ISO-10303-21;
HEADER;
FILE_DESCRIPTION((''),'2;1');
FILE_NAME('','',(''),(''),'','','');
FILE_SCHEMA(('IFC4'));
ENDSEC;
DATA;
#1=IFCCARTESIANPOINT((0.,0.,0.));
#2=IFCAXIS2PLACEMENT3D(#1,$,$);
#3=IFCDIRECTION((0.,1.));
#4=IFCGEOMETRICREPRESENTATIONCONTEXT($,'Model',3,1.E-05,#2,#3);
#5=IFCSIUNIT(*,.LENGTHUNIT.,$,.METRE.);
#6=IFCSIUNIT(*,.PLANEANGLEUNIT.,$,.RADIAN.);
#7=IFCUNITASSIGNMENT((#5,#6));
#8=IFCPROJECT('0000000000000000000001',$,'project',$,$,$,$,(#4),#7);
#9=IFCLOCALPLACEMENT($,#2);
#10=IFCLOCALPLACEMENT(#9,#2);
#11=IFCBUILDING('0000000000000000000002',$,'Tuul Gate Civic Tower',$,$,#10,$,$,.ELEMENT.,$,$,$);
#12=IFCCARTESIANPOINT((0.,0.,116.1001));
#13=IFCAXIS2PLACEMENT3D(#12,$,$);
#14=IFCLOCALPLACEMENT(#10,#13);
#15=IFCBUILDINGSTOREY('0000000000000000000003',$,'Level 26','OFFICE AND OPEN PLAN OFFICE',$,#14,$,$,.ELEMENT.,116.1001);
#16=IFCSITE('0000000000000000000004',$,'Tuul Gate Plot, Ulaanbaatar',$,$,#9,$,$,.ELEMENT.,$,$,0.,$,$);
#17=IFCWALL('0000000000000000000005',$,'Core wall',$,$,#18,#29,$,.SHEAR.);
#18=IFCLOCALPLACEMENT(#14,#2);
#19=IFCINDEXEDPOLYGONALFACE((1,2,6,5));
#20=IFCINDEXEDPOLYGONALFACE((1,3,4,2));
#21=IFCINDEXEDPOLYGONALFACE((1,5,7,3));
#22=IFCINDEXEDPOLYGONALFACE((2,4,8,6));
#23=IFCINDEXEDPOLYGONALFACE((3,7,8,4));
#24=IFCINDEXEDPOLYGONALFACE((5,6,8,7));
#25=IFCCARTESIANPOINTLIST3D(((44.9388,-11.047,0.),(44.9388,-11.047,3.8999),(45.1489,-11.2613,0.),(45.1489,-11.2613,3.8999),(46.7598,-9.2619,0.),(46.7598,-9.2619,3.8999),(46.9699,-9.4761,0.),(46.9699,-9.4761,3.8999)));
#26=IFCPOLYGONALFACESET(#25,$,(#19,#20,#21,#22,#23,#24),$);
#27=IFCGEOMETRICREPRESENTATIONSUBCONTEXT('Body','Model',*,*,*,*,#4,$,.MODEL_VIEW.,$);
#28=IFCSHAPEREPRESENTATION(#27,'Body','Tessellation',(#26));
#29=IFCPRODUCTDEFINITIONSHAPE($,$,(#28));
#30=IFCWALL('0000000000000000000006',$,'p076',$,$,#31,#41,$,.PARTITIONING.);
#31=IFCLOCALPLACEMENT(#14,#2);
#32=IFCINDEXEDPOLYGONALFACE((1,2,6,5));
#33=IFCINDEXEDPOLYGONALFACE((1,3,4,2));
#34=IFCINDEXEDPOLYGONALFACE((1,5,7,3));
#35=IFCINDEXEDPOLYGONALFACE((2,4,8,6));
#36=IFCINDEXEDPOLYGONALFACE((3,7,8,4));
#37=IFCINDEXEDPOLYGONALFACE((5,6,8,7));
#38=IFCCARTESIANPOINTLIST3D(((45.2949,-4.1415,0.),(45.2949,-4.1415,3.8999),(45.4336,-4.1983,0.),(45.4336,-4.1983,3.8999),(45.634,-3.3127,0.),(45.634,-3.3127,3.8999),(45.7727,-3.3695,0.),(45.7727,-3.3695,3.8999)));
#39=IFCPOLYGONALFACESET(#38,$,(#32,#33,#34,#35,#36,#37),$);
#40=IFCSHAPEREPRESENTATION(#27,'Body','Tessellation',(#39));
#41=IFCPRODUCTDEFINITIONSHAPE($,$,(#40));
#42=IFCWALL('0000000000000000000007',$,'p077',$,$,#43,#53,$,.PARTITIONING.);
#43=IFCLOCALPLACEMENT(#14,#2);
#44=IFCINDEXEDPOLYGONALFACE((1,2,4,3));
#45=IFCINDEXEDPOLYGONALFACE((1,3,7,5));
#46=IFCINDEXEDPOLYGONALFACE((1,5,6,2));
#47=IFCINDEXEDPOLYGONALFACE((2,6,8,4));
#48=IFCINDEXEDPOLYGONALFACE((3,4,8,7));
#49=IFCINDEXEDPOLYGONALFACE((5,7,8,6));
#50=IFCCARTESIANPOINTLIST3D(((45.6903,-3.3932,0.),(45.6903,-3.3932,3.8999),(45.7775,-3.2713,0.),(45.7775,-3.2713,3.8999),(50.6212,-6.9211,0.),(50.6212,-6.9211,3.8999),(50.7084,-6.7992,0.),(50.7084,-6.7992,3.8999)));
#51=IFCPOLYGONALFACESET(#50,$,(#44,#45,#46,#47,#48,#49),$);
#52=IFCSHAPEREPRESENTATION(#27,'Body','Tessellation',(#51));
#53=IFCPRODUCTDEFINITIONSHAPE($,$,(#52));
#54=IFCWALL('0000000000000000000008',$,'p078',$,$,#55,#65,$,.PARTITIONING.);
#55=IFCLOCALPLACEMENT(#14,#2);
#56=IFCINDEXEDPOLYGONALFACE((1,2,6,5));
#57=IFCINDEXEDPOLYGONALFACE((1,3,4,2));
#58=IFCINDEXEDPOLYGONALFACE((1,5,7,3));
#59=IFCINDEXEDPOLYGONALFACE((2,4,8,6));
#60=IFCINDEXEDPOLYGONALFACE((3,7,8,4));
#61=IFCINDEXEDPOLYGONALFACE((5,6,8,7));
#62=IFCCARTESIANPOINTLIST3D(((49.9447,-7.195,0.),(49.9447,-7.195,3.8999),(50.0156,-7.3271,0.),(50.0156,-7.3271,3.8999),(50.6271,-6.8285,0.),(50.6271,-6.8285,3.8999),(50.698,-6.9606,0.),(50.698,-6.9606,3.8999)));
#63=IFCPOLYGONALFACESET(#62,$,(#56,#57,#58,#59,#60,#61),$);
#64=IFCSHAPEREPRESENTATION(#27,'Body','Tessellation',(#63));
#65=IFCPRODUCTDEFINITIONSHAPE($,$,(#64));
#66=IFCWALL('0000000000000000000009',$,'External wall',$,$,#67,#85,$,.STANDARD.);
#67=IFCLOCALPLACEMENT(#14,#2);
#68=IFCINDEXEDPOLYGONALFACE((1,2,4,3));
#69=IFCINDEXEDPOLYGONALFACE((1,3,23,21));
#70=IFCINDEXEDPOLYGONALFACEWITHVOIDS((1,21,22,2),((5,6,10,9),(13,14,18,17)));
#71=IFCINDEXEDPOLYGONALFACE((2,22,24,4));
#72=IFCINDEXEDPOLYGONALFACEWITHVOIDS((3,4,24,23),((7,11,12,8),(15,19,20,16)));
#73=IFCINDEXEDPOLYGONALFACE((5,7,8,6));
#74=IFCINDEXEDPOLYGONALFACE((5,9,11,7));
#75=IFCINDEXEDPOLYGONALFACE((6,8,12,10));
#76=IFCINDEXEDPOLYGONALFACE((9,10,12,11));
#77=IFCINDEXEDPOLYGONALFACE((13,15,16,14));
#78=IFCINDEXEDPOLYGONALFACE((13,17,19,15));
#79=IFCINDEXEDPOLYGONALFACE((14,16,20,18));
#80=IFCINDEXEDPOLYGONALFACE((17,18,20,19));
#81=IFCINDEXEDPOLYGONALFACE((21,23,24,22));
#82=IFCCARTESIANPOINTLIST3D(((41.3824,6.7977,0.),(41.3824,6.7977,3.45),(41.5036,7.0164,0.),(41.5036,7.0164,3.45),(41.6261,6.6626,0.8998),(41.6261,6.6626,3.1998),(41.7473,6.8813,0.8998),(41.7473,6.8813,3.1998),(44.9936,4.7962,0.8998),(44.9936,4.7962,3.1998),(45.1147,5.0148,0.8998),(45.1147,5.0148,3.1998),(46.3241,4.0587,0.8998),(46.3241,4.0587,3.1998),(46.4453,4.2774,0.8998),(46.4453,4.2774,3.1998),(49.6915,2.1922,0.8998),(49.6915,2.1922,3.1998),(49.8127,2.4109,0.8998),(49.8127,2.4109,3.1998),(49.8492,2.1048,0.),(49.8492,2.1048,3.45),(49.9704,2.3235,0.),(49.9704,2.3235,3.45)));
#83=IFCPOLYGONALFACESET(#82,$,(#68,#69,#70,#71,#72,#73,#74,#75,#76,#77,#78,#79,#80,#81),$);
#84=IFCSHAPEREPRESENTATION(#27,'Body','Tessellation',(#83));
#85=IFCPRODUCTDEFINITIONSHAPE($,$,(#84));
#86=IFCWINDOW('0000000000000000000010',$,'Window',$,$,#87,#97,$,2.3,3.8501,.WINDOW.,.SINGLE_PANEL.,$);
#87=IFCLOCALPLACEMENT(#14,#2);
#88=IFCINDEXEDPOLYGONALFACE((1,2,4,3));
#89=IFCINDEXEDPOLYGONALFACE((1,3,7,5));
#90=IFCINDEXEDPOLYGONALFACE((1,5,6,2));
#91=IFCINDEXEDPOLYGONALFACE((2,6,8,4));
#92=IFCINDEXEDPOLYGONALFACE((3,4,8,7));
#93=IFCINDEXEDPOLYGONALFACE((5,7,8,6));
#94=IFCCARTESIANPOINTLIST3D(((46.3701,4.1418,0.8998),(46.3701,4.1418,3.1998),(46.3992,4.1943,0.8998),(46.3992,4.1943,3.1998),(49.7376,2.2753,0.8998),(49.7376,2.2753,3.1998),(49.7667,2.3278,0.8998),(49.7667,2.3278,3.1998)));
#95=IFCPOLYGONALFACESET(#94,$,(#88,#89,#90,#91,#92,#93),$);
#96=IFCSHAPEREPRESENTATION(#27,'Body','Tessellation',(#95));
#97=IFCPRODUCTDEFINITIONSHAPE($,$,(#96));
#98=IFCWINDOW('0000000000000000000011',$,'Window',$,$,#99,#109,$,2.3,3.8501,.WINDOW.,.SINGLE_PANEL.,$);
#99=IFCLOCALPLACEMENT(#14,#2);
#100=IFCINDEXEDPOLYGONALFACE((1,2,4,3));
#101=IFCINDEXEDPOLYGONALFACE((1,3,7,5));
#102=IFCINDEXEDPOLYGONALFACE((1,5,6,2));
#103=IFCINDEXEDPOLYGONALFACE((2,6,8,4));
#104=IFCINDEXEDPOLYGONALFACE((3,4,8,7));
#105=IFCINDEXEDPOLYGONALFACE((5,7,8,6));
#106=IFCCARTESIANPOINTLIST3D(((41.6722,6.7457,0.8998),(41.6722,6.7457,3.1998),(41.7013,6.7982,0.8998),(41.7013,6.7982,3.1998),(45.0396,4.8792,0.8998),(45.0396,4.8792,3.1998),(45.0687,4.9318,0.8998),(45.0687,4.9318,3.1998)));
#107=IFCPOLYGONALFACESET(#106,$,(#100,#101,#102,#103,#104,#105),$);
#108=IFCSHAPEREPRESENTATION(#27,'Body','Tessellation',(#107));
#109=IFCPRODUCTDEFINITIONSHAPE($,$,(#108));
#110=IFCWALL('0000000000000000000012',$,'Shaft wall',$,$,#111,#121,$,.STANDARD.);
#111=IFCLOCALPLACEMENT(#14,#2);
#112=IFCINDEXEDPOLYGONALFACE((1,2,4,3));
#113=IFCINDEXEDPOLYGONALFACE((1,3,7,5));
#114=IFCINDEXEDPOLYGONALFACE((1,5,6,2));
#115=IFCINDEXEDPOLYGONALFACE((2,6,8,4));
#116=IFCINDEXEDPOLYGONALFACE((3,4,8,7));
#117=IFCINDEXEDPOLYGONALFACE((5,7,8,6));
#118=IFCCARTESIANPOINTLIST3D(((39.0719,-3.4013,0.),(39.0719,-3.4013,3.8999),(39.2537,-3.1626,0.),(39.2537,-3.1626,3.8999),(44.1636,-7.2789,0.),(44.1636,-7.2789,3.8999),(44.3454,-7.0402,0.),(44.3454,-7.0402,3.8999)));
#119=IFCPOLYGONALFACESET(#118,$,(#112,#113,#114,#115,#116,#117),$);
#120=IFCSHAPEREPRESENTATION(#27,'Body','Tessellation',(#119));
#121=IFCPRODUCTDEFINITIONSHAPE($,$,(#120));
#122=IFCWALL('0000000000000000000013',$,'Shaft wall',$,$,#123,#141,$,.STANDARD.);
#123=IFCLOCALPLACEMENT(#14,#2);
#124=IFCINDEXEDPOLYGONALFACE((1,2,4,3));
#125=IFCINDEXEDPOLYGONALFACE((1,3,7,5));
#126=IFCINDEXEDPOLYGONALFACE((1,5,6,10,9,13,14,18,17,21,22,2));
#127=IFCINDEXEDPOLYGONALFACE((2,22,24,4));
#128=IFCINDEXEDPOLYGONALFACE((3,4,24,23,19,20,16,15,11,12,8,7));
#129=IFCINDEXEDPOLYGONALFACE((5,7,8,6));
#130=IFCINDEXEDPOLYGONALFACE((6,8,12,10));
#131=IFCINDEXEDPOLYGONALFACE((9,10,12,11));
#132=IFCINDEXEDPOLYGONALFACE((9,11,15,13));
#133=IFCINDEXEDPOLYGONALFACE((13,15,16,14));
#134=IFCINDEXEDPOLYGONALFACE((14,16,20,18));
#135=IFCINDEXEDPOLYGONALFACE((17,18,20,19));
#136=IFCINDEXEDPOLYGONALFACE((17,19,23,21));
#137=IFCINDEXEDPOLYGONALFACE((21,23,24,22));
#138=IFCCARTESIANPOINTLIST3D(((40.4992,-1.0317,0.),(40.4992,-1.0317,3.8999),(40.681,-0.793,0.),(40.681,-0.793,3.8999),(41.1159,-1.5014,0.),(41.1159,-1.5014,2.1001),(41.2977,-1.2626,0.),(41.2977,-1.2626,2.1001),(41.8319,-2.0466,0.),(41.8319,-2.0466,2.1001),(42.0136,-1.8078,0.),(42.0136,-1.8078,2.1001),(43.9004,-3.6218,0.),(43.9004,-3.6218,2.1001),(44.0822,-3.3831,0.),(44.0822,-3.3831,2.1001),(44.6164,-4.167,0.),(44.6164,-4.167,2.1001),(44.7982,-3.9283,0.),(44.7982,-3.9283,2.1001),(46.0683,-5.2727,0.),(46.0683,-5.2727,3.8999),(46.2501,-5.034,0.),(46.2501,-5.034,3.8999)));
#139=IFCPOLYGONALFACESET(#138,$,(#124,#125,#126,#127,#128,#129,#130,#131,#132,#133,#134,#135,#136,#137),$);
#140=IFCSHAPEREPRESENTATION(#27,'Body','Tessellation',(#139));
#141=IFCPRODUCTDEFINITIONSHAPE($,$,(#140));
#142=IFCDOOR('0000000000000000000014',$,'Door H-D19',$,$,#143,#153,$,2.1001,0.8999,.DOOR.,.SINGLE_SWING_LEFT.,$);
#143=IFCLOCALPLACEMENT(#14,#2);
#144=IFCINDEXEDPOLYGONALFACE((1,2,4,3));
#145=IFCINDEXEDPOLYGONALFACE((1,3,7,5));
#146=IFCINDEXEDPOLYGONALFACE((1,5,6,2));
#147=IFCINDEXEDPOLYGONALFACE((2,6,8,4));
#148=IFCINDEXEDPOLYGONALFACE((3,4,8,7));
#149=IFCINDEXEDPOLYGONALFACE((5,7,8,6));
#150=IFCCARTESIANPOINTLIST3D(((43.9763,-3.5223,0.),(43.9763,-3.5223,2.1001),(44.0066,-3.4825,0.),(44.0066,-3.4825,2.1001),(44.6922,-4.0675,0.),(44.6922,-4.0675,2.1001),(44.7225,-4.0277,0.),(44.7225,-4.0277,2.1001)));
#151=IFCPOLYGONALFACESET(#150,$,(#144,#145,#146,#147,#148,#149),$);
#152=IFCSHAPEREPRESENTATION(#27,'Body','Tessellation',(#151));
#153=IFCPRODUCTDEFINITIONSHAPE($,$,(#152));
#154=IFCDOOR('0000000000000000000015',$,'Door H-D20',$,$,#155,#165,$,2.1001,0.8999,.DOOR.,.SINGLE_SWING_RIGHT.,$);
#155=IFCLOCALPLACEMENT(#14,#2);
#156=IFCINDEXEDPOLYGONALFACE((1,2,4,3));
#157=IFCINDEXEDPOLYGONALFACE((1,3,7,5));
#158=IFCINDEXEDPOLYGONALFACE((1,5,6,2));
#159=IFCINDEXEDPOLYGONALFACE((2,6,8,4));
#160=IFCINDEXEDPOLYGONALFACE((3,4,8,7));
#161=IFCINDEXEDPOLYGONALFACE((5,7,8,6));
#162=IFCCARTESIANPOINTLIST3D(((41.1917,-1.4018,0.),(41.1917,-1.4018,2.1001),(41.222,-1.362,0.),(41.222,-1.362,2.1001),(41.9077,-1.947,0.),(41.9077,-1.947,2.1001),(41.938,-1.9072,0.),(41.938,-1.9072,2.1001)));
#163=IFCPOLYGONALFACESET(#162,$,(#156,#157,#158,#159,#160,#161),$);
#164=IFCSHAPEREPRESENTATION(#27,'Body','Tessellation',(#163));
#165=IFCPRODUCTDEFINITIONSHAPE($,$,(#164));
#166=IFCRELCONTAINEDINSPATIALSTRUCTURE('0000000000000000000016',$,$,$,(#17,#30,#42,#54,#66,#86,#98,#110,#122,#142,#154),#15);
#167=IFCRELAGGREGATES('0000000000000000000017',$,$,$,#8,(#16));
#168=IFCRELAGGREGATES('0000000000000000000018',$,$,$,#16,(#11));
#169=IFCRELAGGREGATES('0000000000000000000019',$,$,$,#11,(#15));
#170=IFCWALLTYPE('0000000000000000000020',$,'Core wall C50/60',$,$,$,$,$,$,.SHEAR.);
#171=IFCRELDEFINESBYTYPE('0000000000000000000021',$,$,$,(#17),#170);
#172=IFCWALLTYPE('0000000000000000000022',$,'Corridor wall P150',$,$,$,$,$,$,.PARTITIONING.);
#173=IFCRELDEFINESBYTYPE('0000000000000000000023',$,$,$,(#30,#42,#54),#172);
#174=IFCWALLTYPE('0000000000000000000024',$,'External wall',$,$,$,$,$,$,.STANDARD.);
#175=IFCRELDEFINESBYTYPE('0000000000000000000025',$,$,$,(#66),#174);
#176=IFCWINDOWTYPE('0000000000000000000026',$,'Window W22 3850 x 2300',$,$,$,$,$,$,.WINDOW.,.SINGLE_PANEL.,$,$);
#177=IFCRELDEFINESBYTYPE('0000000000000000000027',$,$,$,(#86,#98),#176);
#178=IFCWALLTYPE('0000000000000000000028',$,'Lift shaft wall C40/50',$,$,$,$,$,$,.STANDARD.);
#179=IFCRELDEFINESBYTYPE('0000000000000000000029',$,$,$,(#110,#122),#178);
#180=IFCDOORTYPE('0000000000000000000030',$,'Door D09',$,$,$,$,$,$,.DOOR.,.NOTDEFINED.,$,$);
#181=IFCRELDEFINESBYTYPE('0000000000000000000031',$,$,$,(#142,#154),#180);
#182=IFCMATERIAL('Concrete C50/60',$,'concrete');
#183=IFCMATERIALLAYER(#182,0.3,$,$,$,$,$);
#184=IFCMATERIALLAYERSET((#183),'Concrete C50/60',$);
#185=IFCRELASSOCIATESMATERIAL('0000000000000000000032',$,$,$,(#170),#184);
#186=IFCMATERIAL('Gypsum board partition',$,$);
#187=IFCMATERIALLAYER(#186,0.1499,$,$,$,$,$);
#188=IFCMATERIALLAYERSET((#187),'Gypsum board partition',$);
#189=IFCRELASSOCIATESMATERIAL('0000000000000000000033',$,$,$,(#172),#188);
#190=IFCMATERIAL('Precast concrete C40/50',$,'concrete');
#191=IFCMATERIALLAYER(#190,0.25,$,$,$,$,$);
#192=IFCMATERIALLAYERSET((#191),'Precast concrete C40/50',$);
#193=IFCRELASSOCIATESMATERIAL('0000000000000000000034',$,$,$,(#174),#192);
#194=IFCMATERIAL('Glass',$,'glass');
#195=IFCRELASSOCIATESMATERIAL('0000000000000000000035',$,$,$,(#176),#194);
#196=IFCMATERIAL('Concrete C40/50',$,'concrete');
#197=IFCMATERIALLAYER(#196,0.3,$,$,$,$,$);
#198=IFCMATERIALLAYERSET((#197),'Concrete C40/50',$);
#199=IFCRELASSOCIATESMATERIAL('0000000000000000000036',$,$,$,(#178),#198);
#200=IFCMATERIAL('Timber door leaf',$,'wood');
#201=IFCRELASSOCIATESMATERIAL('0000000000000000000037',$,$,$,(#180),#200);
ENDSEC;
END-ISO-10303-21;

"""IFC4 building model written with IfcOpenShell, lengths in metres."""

from ifc_helpers import new_model, si_unit, direction, frame, frame_2d, origin, place, context, subcontext, project, spatial, rectangle, extrude, material, layer, layer_set, type_object, element, fill, save


model = new_model("IFC4")

# Units and contexts
model_context = context("Model", 3, precision=1e-05, world=origin(), true_north=direction((0.0, 1.0)))
body_context = subcontext(model_context, "Body", "Model", "MODEL_VIEW")
ifc_project = project(units=[si_unit("LENGTHUNIT", "METRE"), si_unit("PLANEANGLEUNIT", "RADIAN")], contexts=[model_context])

# Site, building, storey
site_placement = place(None, origin())
site = spatial("IfcSite", under=ifc_project, at=site_placement, Name="Tuul Gate Plot, Ulaanbaatar", CompositionType="ELEMENT", RefElevation=0.0)
building_placement = place(site_placement, origin())
building = spatial("IfcBuilding", under=site, at=building_placement, Name="Tuul Gate Civic Tower", CompositionType="ELEMENT")
storey_placement = place(building_placement, frame((0.0, 0.0, 116.1001)))
storey = spatial("IfcBuildingStorey", under=building, at=storey_placement, Name="Level 26", Description="OFFICE AND OPEN PLAN OFFICE", CompositionType="ELEMENT", Elevation=116.1001)

# Shared definitions
ifc_material_1 = material(Name="Concrete C50/60", Category="concrete")
ifc_layer_1 = layer(ifc_material_1, 0.3)
ifc_layer_set_1 = layer_set([ifc_layer_1], Name="Concrete C50/60")
wall_type_1 = type_object("IfcWallType", Name="Core wall C50/60", PredefinedType="SHEAR", material=ifc_layer_set_1)

# Walls
wall_1_placement = place(storey_placement, frame((45.0439, -11.1541, 0.0), z_axis=(0.0, 0.0, 1.0), x_axis=(0.714108, 0.700035, 0.0)))
element("IfcWall", 1, at=wall_1_placement, inside=storey, type_object=wall_type_1, Name="Core wall", PredefinedType="SHEAR", context=body_context, shape_type="SweptSolid", body=[
    extrude(rectangle(XDim=2.55, YDim=0.3, at=frame_2d((1.2749, 0.0))), origin(), (0.0, 0.0, 1.0), 3.8999),
])
ifc_material_2 = material(Name="Gypsum board partition")
ifc_layer_2 = layer(ifc_material_2, 0.1499)
ifc_layer_set_2 = layer_set([ifc_layer_2], Name="Gypsum board partition")
wall_type_2 = type_object("IfcWallType", Name="Corridor wall P150", PredefinedType="PARTITIONING", material=ifc_layer_set_2)
wall_2_placement = place(storey_placement, frame((45.3643, -4.1699, 0.0), z_axis=(0.0, 0.0, 1.0), x_axis=(0.378665, 0.925534, 0.0)))
element("IfcWall", 2, at=wall_2_placement, inside=storey, type_object=wall_type_2, Name="p076", PredefinedType="PARTITIONING", context=body_context, shape_type="SweptSolid", body=[
    extrude(rectangle(XDim=0.8955, YDim=0.1499, at=frame_2d((0.4478, 0.0))), origin(), (0.0, 0.0, 1.0), 3.8999),
])
wall_3_placement = place(storey_placement, frame((45.7339, -3.3323, 0.0), z_axis=(0.0, 0.0, 1.0), x_axis=(0.813284, -0.581867, 0.0)))
element("IfcWall", 3, at=wall_3_placement, inside=storey, type_object=wall_type_2, Name="p077", PredefinedType="PARTITIONING", context=body_context, shape_type="SweptSolid", body=[
    extrude(rectangle(XDim=6.063, YDim=0.1499, at=frame_2d((3.0315, 0.0))), origin(), (0.0, 0.0, 1.0), 3.8999),
])
wall_4_placement = place(storey_placement, frame((49.9802, -7.261, 0.0), z_axis=(0.0, 0.0, 1.0), x_axis=(0.880997, 0.473122, 0.0)))
element("IfcWall", 4, at=wall_4_placement, inside=storey, type_object=wall_type_2, Name="p078", PredefinedType="PARTITIONING", context=body_context, shape_type="SweptSolid", body=[
    extrude(rectangle(XDim=0.7747, YDim=0.1499, at=frame_2d((0.3872, 0.0))), origin(), (0.0, 0.0, 1.0), 3.8999),
])

# Wall, openings, windows
ifc_material_3 = material(Name="Precast concrete C40/50", Category="concrete")
ifc_layer_3 = layer(ifc_material_3, 0.25)
ifc_layer_set_3 = layer_set([ifc_layer_3], Name="Precast concrete C40/50")
wall_type_3 = type_object("IfcWallType", Name="External wall", PredefinedType="STANDARD", material=ifc_layer_set_3)
wall_5_placement = place(storey_placement, frame((49.9099, 2.2141, 0.0), z_axis=(0.0, 0.0, 1.0), x_axis=(-0.874635, 0.484782, 0.0)))
wall_5 = element("IfcWall", 5, at=wall_5_placement, inside=storey, type_object=wall_type_3, Name="External wall", PredefinedType="STANDARD", context=body_context, shape_type="SweptSolid", body=[
    extrude(rectangle(XDim=9.6804, YDim=0.25, at=frame_2d((4.8403, 0.0))), origin(), (0.0, 0.0, 1.0), 3.45),
])
opening_1_placement = place(wall_5_placement, frame((0.1804, 0.0, 0.8999)))
opening_1 = element("IfcOpeningElement", 6, at=opening_1_placement, cuts=wall_5, PredefinedType="OPENING", context=body_context, shape_type="SweptSolid", body=[
    extrude(rectangle(XDim=3.8501, YDim=2.3, at=frame_2d((1.925, 1.1499))), frame((0.0, 0.135, 0.0), z_axis=(0.0, -1.0, 0.0), x_axis=(1.0, 0.0, 0.0)), (0.0, 0.0, 1.0), 0.27),
])
opening_2_placement = place(wall_5_placement, frame((5.5518, 0.0, 0.8999)))
opening_2 = element("IfcOpeningElement", 7, at=opening_2_placement, cuts=wall_5, PredefinedType="OPENING", context=body_context, shape_type="SweptSolid", body=[
    extrude(rectangle(XDim=3.8501, YDim=2.3, at=frame_2d((1.925, 1.1499))), frame((0.0, 0.135, 0.0), z_axis=(0.0, -1.0, 0.0), x_axis=(1.0, 0.0, 0.0)), (0.0, 0.0, 1.0), 0.27),
])
ifc_material_4 = material(Name="Glass", Category="glass")
window_type = type_object("IfcWindowType", Name="Window W22 3850 x 2300", PartitioningType="SINGLE_PANEL", PredefinedType="WINDOW", material=ifc_material_4)
window_1_placement = place(opening_1_placement, origin())
window_1 = element("IfcWindow", 8, at=window_1_placement, inside=storey, type_object=window_type, Name="Window", OverallHeight=2.3, OverallWidth=3.8501, PartitioningType="SINGLE_PANEL", PredefinedType="WINDOW", context=body_context, shape_type="SweptSolid", body=[
    extrude(rectangle(XDim=3.8501, YDim=2.3, at=frame_2d((1.925, 1.1499))), frame((0.0, 0.03, 0.0), z_axis=(0.0, -1.0, 0.0), x_axis=(1.0, 0.0, 0.0)), (0.0, 0.0, 1.0), 0.0601),
])
fill(opening_1, window_1)
window_2_placement = place(opening_2_placement, origin())
window_2 = element("IfcWindow", 9, at=window_2_placement, inside=storey, type_object=window_type, Name="Window", OverallHeight=2.3, OverallWidth=3.8501, PartitioningType="SINGLE_PANEL", PredefinedType="WINDOW", context=body_context, shape_type="SweptSolid", body=[
    extrude(rectangle(XDim=3.8501, YDim=2.3, at=frame_2d((1.925, 1.1499))), frame((0.0, 0.03, 0.0), z_axis=(0.0, -1.0, 0.0), x_axis=(1.0, 0.0, 0.0)), (0.0, 0.0, 1.0), 0.0601),
])
fill(opening_2, window_2)

# Wall
ifc_material_5 = material(Name="Concrete C40/50", Category="concrete")
ifc_layer_4 = layer(ifc_material_5, 0.3)
ifc_layer_set_4 = layer_set([ifc_layer_4], Name="Concrete C40/50")
wall_type_4 = type_object("IfcWallType", Name="Lift shaft wall C40/50", PredefinedType="STANDARD", material=ifc_layer_set_4)
wall_6_placement = place(storey_placement, frame((44.2546, -7.1597, 0.0), z_axis=(0.0, 0.0, 1.0), x_axis=(-0.795566, 0.605867, 0.0)))
element("IfcWall", 10, at=wall_6_placement, inside=storey, type_object=wall_type_4, Name="Shaft wall", PredefinedType="STANDARD", context=body_context, shape_type="SweptSolid", body=[
    extrude(rectangle(XDim=6.4001, YDim=0.3, at=frame_2d((3.2002, 0.0))), origin(), (0.0, 0.0, 1.0), 3.8999),
])

# Wall, openings, doors
wall_7_placement = place(storey_placement, frame((46.1592, -5.1533, 0.0), z_axis=(0.0, 0.0, 1.0), x_axis=(-0.79558, 0.605849, 0.0)))
wall_7 = element("IfcWall", 11, at=wall_7_placement, inside=storey, type_object=wall_type_4, Name="Shaft wall", PredefinedType="STANDARD", context=body_context, shape_type="SweptSolid", body=[
    extrude(rectangle(XDim=7.0, YDim=0.3, at=frame_2d((3.5, 0.0))), origin(), (0.0, 0.0, 1.0), 3.8999),
])
opening_3_placement = place(wall_7_placement, frame((1.825, 0.0, 0.0)))
opening_3 = element("IfcOpeningElement", 12, at=opening_3_placement, cuts=wall_7, PredefinedType="OPENING", context=body_context, shape_type="SweptSolid", body=[
    extrude(rectangle(XDim=0.8999, YDim=2.1001, at=frame_2d((0.45, 1.05))), frame((0.0, 0.1602, 0.0), z_axis=(0.0, -1.0, 0.0), x_axis=(1.0, 0.0, 0.0)), (0.0, 0.0, 1.0), 0.3201),
])
opening_4_placement = place(wall_7_placement, frame((5.325, 0.0, 0.0)))
opening_4 = element("IfcOpeningElement", 13, at=opening_4_placement, cuts=wall_7, PredefinedType="OPENING", context=body_context, shape_type="SweptSolid", body=[
    extrude(rectangle(XDim=0.8999, YDim=2.1001, at=frame_2d((0.45, 1.05))), frame((0.0, 0.1602, 0.0), z_axis=(0.0, -1.0, 0.0), x_axis=(1.0, 0.0, 0.0)), (0.0, 0.0, 1.0), 0.3201),
])
ifc_material_6 = material(Name="Timber door leaf", Category="wood")
door_type_1 = type_object("IfcDoorType", Name="Door D09", OperationType="NOTDEFINED", PredefinedType="DOOR", material=ifc_material_6)
door_1_placement = place(opening_3_placement, origin())
door_1 = element("IfcDoor", 14, at=door_1_placement, inside=storey, type_object=door_type_1, Name="Door H-D19", OperationType="SINGLE_SWING_LEFT", OverallHeight=2.1001, OverallWidth=0.8999, PredefinedType="DOOR", context=body_context, shape_type="SweptSolid", body=[
    extrude(rectangle(XDim=0.8999, YDim=2.1001, at=frame_2d((0.45, 1.05))), frame((0.0, 0.0249, 0.0), z_axis=(0.0, -1.0, 0.0), x_axis=(1.0, 0.0, 0.0)), (0.0, 0.0, 1.0), 0.05),
])
fill(opening_3, door_1)
door_2_placement = place(opening_4_placement, origin())
door_2 = element("IfcDoor", 15, at=door_2_placement, inside=storey, type_object=door_type_1, Name="Door H-D20", OperationType="SINGLE_SWING_RIGHT", OverallHeight=2.1001, OverallWidth=0.8999, PredefinedType="DOOR", context=body_context, shape_type="SweptSolid", body=[
    extrude(rectangle(XDim=0.8999, YDim=2.1001, at=frame_2d((0.45, 1.05))), frame((0.0, 0.0249, 0.0), z_axis=(0.0, -1.0, 0.0), x_axis=(1.0, 0.0, 0.0)), (0.0, 0.0, 1.0), 0.05),
])
fill(opening_4, door_2)

save(model, "model.ifc")
